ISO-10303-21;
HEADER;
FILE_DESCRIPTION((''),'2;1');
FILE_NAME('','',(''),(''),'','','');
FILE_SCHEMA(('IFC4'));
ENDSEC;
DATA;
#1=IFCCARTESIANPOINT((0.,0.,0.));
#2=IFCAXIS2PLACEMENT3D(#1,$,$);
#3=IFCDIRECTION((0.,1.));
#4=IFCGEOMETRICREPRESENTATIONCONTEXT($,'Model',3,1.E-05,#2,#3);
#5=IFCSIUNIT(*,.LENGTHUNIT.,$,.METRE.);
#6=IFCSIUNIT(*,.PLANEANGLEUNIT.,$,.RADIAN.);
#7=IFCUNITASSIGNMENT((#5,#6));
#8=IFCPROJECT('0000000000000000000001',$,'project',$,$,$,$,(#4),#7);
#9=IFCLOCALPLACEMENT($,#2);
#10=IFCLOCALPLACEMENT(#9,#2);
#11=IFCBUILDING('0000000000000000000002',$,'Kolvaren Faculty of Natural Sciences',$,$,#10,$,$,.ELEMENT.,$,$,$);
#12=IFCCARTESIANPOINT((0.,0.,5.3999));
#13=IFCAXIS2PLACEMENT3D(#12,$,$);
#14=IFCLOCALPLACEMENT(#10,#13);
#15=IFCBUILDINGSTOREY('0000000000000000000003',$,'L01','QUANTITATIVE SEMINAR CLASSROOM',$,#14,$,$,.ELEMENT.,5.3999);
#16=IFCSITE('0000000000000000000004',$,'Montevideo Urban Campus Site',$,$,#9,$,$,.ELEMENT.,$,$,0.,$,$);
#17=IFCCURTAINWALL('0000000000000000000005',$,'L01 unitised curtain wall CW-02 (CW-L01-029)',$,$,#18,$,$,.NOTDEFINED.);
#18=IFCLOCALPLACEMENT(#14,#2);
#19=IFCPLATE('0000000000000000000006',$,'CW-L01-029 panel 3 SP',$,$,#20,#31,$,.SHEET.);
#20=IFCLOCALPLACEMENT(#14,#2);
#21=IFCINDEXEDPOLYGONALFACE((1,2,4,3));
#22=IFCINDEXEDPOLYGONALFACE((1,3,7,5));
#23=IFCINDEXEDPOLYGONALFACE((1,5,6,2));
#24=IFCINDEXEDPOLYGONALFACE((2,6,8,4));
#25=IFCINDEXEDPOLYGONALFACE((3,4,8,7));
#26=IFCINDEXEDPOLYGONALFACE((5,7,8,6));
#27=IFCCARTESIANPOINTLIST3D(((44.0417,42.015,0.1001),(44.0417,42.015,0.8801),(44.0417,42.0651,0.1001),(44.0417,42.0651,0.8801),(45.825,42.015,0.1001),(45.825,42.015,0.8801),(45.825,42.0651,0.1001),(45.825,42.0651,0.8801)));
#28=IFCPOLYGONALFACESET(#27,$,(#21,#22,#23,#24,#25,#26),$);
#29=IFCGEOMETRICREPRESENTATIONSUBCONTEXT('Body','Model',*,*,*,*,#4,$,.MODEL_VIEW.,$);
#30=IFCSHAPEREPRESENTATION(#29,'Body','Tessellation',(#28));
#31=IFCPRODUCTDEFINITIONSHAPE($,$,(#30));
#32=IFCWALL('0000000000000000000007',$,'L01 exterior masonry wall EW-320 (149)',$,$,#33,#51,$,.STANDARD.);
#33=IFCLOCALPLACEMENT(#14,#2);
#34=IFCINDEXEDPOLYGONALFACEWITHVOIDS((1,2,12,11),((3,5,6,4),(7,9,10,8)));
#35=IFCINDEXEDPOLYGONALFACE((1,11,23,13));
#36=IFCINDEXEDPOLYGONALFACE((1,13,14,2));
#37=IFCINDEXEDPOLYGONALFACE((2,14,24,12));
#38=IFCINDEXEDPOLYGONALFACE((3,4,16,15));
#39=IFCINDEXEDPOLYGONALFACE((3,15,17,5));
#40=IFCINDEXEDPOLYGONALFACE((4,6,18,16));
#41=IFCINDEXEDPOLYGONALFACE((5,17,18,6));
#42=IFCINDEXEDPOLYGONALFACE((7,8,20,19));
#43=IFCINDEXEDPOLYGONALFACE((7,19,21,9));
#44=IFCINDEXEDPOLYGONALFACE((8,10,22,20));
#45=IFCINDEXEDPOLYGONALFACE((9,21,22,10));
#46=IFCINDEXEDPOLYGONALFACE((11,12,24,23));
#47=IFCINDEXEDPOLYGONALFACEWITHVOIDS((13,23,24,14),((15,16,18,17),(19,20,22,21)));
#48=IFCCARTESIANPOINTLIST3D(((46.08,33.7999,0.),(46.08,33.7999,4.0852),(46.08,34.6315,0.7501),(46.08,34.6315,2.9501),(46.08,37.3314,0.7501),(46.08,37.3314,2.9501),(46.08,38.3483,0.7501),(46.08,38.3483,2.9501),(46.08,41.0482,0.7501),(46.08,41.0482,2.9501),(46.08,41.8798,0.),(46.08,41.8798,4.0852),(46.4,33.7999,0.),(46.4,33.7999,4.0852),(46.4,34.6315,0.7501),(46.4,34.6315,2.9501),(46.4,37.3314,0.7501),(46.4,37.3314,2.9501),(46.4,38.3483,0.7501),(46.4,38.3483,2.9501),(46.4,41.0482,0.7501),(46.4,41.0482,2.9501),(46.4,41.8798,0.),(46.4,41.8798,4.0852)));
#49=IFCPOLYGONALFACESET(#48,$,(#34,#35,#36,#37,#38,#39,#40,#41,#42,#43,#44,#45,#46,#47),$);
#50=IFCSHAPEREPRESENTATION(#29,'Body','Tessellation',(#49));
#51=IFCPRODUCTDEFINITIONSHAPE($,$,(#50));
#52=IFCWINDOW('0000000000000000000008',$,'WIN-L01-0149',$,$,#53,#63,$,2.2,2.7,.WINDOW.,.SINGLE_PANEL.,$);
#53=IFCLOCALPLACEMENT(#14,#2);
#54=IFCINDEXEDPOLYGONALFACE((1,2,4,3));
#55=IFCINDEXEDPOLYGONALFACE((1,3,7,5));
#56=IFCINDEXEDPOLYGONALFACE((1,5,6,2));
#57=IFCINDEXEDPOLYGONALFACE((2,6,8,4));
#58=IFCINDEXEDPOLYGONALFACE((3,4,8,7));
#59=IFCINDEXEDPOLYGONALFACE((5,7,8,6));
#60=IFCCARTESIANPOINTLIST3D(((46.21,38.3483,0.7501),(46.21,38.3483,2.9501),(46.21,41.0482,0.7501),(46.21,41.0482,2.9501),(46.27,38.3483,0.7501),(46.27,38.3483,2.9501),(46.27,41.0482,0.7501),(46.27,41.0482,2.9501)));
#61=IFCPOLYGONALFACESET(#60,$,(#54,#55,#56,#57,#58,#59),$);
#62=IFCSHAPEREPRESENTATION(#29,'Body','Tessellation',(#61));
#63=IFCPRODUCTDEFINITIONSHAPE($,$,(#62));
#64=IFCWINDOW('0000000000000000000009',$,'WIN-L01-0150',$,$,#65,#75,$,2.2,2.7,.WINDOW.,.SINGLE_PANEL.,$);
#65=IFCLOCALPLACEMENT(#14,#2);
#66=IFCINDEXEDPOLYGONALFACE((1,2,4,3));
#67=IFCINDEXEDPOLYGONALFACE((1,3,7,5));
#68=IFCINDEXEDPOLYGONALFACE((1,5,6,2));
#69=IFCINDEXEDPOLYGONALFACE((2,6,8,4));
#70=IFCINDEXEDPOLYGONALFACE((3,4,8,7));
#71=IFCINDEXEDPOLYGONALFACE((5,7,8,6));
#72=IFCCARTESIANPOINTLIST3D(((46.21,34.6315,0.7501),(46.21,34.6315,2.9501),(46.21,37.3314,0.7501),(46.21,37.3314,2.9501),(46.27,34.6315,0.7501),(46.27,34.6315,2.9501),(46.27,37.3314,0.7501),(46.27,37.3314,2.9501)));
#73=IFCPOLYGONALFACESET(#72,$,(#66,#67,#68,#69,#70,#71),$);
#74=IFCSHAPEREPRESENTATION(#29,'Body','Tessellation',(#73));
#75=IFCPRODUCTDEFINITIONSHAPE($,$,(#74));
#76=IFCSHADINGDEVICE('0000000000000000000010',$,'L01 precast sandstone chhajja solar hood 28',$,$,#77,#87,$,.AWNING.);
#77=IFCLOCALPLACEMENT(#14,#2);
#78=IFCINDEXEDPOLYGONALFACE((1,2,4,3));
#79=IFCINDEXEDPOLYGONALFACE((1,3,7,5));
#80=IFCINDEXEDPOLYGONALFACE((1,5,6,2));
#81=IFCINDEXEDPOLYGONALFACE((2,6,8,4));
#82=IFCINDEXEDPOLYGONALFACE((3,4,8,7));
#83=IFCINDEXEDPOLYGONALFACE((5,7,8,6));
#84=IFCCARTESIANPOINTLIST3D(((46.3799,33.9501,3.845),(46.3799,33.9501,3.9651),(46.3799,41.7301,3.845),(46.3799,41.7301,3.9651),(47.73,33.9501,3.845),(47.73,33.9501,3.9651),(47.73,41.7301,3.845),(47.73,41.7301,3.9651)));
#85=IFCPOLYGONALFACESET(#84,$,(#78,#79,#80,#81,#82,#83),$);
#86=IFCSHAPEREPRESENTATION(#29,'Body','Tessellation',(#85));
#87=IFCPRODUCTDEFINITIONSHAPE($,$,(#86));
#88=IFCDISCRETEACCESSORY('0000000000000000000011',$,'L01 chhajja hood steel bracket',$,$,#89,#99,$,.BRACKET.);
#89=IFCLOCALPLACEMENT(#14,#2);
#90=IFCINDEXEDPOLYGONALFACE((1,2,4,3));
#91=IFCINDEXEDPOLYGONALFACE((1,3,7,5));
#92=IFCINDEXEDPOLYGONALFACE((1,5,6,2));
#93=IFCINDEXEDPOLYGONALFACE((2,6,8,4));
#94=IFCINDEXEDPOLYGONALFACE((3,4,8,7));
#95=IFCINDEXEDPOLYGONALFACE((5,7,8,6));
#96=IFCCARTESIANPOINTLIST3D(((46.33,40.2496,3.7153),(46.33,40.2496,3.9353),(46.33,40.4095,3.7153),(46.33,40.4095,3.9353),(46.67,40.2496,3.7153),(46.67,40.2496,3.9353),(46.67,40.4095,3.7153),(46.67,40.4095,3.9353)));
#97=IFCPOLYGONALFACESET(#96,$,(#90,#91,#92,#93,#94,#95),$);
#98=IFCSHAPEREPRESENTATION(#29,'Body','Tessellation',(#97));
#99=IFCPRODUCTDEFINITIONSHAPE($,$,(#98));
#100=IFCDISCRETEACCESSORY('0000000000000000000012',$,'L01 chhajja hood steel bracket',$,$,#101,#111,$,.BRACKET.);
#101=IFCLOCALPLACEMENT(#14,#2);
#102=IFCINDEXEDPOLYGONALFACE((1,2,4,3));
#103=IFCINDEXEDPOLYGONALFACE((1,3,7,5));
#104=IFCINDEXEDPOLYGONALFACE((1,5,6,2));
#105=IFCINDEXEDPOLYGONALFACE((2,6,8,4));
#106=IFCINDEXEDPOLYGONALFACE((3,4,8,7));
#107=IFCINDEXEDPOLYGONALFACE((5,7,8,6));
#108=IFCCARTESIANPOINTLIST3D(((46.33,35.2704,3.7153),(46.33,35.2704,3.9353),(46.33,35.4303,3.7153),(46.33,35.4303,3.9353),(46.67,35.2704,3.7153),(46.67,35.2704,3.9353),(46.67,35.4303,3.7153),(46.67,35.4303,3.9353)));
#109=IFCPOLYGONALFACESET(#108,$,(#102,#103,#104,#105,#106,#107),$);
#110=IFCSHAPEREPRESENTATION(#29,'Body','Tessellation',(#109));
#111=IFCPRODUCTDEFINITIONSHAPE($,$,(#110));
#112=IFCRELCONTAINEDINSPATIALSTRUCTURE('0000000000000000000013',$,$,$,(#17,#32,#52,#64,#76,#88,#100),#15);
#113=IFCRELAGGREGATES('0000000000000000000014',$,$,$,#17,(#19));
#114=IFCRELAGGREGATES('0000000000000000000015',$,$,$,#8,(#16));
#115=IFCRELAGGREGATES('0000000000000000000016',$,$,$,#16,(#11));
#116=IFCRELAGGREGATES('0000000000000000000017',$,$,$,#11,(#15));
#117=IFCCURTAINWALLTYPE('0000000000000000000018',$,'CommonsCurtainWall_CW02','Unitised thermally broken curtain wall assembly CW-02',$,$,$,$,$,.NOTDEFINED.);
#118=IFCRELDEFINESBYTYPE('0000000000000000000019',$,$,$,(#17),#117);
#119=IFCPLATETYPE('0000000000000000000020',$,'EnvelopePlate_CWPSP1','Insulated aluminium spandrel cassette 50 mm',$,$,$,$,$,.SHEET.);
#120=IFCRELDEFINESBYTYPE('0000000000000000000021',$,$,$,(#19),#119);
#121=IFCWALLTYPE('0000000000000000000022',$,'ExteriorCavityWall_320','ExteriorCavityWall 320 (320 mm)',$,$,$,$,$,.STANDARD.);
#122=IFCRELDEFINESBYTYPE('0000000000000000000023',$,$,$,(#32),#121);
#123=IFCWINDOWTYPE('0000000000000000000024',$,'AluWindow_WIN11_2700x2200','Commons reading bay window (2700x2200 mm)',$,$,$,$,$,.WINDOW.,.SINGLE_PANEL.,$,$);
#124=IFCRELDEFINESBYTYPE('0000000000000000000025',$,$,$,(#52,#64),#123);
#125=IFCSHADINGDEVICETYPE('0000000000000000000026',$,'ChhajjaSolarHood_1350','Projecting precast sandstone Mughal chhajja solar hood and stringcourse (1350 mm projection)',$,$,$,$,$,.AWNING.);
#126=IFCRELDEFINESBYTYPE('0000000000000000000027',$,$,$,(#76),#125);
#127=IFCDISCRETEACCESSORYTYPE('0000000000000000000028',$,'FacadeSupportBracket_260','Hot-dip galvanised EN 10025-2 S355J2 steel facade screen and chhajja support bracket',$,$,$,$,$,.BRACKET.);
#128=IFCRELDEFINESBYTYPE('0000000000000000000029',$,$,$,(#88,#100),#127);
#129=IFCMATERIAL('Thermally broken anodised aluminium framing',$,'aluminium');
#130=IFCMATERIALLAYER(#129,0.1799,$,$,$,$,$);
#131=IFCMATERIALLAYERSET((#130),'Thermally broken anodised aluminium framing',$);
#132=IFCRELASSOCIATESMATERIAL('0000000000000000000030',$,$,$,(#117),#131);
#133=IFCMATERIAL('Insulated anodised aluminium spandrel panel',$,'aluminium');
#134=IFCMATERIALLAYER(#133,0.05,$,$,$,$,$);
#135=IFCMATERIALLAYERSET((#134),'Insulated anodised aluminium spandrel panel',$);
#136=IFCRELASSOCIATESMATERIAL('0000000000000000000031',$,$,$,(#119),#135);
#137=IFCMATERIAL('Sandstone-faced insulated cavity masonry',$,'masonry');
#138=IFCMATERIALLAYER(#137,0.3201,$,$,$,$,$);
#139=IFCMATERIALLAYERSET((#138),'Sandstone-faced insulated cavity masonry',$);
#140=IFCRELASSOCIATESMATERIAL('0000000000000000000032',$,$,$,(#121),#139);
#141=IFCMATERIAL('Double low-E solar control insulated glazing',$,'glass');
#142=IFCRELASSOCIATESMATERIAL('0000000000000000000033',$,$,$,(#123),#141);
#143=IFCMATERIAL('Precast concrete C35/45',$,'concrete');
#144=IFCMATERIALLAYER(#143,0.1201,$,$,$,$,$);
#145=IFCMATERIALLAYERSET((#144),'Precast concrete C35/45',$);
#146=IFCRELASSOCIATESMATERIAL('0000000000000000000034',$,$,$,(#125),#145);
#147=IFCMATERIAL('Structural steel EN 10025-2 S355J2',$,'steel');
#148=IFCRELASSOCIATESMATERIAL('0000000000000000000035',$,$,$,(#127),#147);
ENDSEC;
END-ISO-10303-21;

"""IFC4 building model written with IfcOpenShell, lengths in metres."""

from ifc_helpers import new_model, si_unit, direction, frame, frame_2d, origin, origin_2d, place, context, subcontext, project, spatial, rectangle, extrude, material, layer, layer_set, type_object, element, fill, aggregate, save


model = new_model("IFC4")

# Units and contexts
model_context = context("Model", 3, precision=1e-05, world=origin(), true_north=direction((0.0, 1.0)))
body_context = subcontext(model_context, "Body", "Model", "MODEL_VIEW")
ifc_project = project(units=[si_unit("LENGTHUNIT", "METRE"), si_unit("PLANEANGLEUNIT", "RADIAN")], contexts=[model_context])

# Site, building, storey
site_placement = place(None, origin())
site = spatial("IfcSite", under=ifc_project, at=site_placement, Name="Montevideo Urban Campus Site", CompositionType="ELEMENT", RefElevation=0.0)
building_placement = place(site_placement, origin())
building = spatial("IfcBuilding", under=site, at=building_placement, Name="Kolvaren Faculty of Natural Sciences", CompositionType="ELEMENT")
storey_placement = place(building_placement, frame((0.0, 0.0, 5.3999)))
storey = spatial("IfcBuildingStorey", under=building, at=storey_placement, Name="L01", Description="QUANTITATIVE SEMINAR CLASSROOM", CompositionType="ELEMENT", Elevation=5.3999)

# Curtain wall, plate
ifc_material_1 = material(Name="Thermally broken anodised aluminium framing", Category="aluminium")
ifc_layer_1 = layer(ifc_material_1, 0.1799)
ifc_layer_set_1 = layer_set([ifc_layer_1], Name="Thermally broken anodised aluminium framing")
curtain_wall_type = type_object("IfcCurtainWallType", Name="CommonsCurtainWall_CW02", Description="Unitised thermally broken curtain wall assembly CW-02", PredefinedType="NOTDEFINED", material=ifc_layer_set_1)
curtain_wall_placement = place(storey_placement, origin())
curtain_wall = element("IfcCurtainWall", 1, at=curtain_wall_placement, inside=storey, type_object=curtain_wall_type, Name="L01 unitised curtain wall CW-02 (CW-L01-029)", PredefinedType="NOTDEFINED")
ifc_material_2 = material(Name="Double low-E solar control insulated glazing", Category="glass")
ifc_material_3 = material(Name="Insulated anodised aluminium spandrel panel", Category="aluminium")
ifc_layer_2 = layer(ifc_material_3, 0.05)
ifc_layer_set_2 = layer_set([ifc_layer_2], Name="Insulated anodised aluminium spandrel panel")
plate_type_1 = type_object("IfcPlateType", Name="EnvelopePlate_CWPSP1", Description="Insulated aluminium spandrel cassette 50 mm", PredefinedType="SHEET", material=ifc_layer_set_2)
plate_1_placement = place(storey_placement, frame((44.9333, 42.04, 0.1001), z_axis=(0.0, 0.0, 1.0), x_axis=(1.0, 0.0, 0.0)))
plate_1 = element("IfcPlate", 2, at=plate_1_placement, type_object=plate_type_1, Name="CW-L01-029 panel 3 SP", PredefinedType="SHEET", context=body_context, shape_type="SweptSolid", body=[
    extrude(rectangle(XDim=1.7832, YDim=0.05, at=origin_2d()), origin(), (0.0, 0.0, 1.0), 0.78),
])
aggregate(curtain_wall, [plate_1])

# Wall, openings, windows
ifc_material_4 = material(Name="Sandstone-faced insulated cavity masonry", Category="masonry")
ifc_layer_3 = layer(ifc_material_4, 0.3201)
ifc_layer_set_3 = layer_set([ifc_layer_3], Name="Sandstone-faced insulated cavity masonry")
wall_type = type_object("IfcWallType", Name="ExteriorCavityWall_320", Description="ExteriorCavityWall 320 (320 mm)", PredefinedType="STANDARD", material=ifc_layer_set_3)
wall_placement = place(storey_placement, frame((46.24, 41.8799, 0.0), z_axis=(0.0, 0.0, 1.0), x_axis=(0.0, -1.0, 0.0)))
wall = element("IfcWall", 3, at=wall_placement, inside=storey, type_object=wall_type, Name="L01 exterior masonry wall EW-320 (149)", PredefinedType="STANDARD", context=body_context, shape_type="SweptSolid", body=[
    extrude(rectangle(XDim=8.0798, YDim=0.3201, at=frame_2d((4.04, 0.0))), origin(), (0.0, 0.0, 1.0), 4.0852),
])
opening_1_placement = place(wall_placement, frame((0.8315, 0.0, 0.75)))
opening_1 = element("IfcOpeningElement", 4, at=opening_1_placement, cuts=wall, PredefinedType="OPENING", context=body_context, shape_type="SweptSolid", body=[
    extrude(rectangle(XDim=2.7, YDim=2.2, at=frame_2d((1.3501, 1.1001))), frame((0.0, 0.1699, 0.0), z_axis=(0.0, -1.0, 0.0), x_axis=(1.0, 0.0, 0.0)), (0.0, 0.0, 1.0), 0.3401),
])
opening_2_placement = place(wall_placement, frame((4.5483, 0.0, 0.75)))
opening_2 = element("IfcOpeningElement", 5, at=opening_2_placement, cuts=wall, PredefinedType="OPENING", context=body_context, shape_type="SweptSolid", body=[
    extrude(rectangle(XDim=2.7, YDim=2.2, at=frame_2d((1.3501, 1.1001))), frame((0.0, 0.1699, 0.0), z_axis=(0.0, -1.0, 0.0), x_axis=(1.0, 0.0, 0.0)), (0.0, 0.0, 1.0), 0.3401),
])
window_type = type_object("IfcWindowType", Name="AluWindow_WIN11_2700x2200", Description="Commons reading bay window (2700x2200 mm)", PartitioningType="SINGLE_PANEL", PredefinedType="WINDOW", material=ifc_material_2)
window_1_placement = place(opening_1_placement, origin())
window_1 = element("IfcWindow", 6, at=window_1_placement, inside=storey, type_object=window_type, Name="WIN-L01-0149", OverallHeight=2.2, OverallWidth=2.7, PartitioningType="SINGLE_PANEL", PredefinedType="WINDOW", context=body_context, shape_type="SweptSolid", body=[
    extrude(rectangle(XDim=2.7, YDim=2.2, at=frame_2d((1.3501, 1.1001))), frame((0.0, 0.03, 0.0), z_axis=(0.0, -1.0, 0.0), x_axis=(1.0, 0.0, 0.0)), (0.0, 0.0, 1.0), 0.0601),
])
fill(opening_1, window_1)
window_2_placement = place(opening_2_placement, origin())
window_2 = element("IfcWindow", 7, at=window_2_placement, inside=storey, type_object=window_type, Name="WIN-L01-0150", OverallHeight=2.2, OverallWidth=2.7, PartitioningType="SINGLE_PANEL", PredefinedType="WINDOW", context=body_context, shape_type="SweptSolid", body=[
    extrude(rectangle(XDim=2.7, YDim=2.2, at=frame_2d((1.3501, 1.1001))), frame((0.0, 0.03, 0.0), z_axis=(0.0, -1.0, 0.0), x_axis=(1.0, 0.0, 0.0)), (0.0, 0.0, 1.0), 0.0601),
])
fill(opening_2, window_2)

# Shading device
ifc_material_5 = material(Name="Precast concrete C35/45", Category="concrete")
ifc_layer_4 = layer(ifc_material_5, 0.1201)
ifc_layer_set_4 = layer_set([ifc_layer_4], Name="Precast concrete C35/45")
shading_device_type = type_object("IfcShadingDeviceType", Name="ChhajjaSolarHood_1350", Description="Projecting precast sandstone Mughal chhajja solar hood and stringcourse (1350 mm projection)", PredefinedType="AWNING", material=ifc_layer_set_4)
shading_device_placement = place(storey_placement, frame((47.0549, 37.8401, 3.845), z_axis=(0.0, 0.0, 1.0), x_axis=(0.0, -1.0, 0.0)))
element("IfcShadingDevice", 8, at=shading_device_placement, inside=storey, type_object=shading_device_type, Name="L01 precast sandstone chhajja solar hood 28", PredefinedType="AWNING", context=body_context, shape_type="SweptSolid", body=[
    extrude(rectangle(XDim=7.78, YDim=1.3501, at=origin_2d()), origin(), (0.0, 0.0, 1.0), 0.1201),
])

# Discrete accessories
ifc_material_6 = material(Name="Structural steel EN 10025-2 S355J2", Category="steel")
discrete_accessory_type = type_object("IfcDiscreteAccessoryType", Name="FacadeSupportBracket_260", Description="Hot-dip galvanised EN 10025-2 S355J2 steel facade screen and chhajja support bracket", PredefinedType="BRACKET", material=ifc_material_6)
for number, where, z_axis, x_axis, name in (
    (9, (46.5, 40.3296, 3.7153), (0.0, 0.0, 1.0), (0.0, -1.0, 0.0), "L01 chhajja hood steel bracket"),
    (10, (46.5, 35.3503, 3.7153), (0.0, 0.0, 1.0), (0.0, -1.0, 0.0), "L01 chhajja hood steel bracket"),
):
    element("IfcDiscreteAccessory", number, at=place(storey_placement, frame(where, z_axis=z_axis, x_axis=x_axis)), inside=storey, type_object=discrete_accessory_type, Name=name, PredefinedType="BRACKET", context=body_context, shape_type="SweptSolid", body=[
        extrude(rectangle(XDim=0.1599, YDim=0.3401, at=origin_2d()), origin(), (0.0, 0.0, 1.0), 0.22),
    ])

save(model, "model.ifc")
